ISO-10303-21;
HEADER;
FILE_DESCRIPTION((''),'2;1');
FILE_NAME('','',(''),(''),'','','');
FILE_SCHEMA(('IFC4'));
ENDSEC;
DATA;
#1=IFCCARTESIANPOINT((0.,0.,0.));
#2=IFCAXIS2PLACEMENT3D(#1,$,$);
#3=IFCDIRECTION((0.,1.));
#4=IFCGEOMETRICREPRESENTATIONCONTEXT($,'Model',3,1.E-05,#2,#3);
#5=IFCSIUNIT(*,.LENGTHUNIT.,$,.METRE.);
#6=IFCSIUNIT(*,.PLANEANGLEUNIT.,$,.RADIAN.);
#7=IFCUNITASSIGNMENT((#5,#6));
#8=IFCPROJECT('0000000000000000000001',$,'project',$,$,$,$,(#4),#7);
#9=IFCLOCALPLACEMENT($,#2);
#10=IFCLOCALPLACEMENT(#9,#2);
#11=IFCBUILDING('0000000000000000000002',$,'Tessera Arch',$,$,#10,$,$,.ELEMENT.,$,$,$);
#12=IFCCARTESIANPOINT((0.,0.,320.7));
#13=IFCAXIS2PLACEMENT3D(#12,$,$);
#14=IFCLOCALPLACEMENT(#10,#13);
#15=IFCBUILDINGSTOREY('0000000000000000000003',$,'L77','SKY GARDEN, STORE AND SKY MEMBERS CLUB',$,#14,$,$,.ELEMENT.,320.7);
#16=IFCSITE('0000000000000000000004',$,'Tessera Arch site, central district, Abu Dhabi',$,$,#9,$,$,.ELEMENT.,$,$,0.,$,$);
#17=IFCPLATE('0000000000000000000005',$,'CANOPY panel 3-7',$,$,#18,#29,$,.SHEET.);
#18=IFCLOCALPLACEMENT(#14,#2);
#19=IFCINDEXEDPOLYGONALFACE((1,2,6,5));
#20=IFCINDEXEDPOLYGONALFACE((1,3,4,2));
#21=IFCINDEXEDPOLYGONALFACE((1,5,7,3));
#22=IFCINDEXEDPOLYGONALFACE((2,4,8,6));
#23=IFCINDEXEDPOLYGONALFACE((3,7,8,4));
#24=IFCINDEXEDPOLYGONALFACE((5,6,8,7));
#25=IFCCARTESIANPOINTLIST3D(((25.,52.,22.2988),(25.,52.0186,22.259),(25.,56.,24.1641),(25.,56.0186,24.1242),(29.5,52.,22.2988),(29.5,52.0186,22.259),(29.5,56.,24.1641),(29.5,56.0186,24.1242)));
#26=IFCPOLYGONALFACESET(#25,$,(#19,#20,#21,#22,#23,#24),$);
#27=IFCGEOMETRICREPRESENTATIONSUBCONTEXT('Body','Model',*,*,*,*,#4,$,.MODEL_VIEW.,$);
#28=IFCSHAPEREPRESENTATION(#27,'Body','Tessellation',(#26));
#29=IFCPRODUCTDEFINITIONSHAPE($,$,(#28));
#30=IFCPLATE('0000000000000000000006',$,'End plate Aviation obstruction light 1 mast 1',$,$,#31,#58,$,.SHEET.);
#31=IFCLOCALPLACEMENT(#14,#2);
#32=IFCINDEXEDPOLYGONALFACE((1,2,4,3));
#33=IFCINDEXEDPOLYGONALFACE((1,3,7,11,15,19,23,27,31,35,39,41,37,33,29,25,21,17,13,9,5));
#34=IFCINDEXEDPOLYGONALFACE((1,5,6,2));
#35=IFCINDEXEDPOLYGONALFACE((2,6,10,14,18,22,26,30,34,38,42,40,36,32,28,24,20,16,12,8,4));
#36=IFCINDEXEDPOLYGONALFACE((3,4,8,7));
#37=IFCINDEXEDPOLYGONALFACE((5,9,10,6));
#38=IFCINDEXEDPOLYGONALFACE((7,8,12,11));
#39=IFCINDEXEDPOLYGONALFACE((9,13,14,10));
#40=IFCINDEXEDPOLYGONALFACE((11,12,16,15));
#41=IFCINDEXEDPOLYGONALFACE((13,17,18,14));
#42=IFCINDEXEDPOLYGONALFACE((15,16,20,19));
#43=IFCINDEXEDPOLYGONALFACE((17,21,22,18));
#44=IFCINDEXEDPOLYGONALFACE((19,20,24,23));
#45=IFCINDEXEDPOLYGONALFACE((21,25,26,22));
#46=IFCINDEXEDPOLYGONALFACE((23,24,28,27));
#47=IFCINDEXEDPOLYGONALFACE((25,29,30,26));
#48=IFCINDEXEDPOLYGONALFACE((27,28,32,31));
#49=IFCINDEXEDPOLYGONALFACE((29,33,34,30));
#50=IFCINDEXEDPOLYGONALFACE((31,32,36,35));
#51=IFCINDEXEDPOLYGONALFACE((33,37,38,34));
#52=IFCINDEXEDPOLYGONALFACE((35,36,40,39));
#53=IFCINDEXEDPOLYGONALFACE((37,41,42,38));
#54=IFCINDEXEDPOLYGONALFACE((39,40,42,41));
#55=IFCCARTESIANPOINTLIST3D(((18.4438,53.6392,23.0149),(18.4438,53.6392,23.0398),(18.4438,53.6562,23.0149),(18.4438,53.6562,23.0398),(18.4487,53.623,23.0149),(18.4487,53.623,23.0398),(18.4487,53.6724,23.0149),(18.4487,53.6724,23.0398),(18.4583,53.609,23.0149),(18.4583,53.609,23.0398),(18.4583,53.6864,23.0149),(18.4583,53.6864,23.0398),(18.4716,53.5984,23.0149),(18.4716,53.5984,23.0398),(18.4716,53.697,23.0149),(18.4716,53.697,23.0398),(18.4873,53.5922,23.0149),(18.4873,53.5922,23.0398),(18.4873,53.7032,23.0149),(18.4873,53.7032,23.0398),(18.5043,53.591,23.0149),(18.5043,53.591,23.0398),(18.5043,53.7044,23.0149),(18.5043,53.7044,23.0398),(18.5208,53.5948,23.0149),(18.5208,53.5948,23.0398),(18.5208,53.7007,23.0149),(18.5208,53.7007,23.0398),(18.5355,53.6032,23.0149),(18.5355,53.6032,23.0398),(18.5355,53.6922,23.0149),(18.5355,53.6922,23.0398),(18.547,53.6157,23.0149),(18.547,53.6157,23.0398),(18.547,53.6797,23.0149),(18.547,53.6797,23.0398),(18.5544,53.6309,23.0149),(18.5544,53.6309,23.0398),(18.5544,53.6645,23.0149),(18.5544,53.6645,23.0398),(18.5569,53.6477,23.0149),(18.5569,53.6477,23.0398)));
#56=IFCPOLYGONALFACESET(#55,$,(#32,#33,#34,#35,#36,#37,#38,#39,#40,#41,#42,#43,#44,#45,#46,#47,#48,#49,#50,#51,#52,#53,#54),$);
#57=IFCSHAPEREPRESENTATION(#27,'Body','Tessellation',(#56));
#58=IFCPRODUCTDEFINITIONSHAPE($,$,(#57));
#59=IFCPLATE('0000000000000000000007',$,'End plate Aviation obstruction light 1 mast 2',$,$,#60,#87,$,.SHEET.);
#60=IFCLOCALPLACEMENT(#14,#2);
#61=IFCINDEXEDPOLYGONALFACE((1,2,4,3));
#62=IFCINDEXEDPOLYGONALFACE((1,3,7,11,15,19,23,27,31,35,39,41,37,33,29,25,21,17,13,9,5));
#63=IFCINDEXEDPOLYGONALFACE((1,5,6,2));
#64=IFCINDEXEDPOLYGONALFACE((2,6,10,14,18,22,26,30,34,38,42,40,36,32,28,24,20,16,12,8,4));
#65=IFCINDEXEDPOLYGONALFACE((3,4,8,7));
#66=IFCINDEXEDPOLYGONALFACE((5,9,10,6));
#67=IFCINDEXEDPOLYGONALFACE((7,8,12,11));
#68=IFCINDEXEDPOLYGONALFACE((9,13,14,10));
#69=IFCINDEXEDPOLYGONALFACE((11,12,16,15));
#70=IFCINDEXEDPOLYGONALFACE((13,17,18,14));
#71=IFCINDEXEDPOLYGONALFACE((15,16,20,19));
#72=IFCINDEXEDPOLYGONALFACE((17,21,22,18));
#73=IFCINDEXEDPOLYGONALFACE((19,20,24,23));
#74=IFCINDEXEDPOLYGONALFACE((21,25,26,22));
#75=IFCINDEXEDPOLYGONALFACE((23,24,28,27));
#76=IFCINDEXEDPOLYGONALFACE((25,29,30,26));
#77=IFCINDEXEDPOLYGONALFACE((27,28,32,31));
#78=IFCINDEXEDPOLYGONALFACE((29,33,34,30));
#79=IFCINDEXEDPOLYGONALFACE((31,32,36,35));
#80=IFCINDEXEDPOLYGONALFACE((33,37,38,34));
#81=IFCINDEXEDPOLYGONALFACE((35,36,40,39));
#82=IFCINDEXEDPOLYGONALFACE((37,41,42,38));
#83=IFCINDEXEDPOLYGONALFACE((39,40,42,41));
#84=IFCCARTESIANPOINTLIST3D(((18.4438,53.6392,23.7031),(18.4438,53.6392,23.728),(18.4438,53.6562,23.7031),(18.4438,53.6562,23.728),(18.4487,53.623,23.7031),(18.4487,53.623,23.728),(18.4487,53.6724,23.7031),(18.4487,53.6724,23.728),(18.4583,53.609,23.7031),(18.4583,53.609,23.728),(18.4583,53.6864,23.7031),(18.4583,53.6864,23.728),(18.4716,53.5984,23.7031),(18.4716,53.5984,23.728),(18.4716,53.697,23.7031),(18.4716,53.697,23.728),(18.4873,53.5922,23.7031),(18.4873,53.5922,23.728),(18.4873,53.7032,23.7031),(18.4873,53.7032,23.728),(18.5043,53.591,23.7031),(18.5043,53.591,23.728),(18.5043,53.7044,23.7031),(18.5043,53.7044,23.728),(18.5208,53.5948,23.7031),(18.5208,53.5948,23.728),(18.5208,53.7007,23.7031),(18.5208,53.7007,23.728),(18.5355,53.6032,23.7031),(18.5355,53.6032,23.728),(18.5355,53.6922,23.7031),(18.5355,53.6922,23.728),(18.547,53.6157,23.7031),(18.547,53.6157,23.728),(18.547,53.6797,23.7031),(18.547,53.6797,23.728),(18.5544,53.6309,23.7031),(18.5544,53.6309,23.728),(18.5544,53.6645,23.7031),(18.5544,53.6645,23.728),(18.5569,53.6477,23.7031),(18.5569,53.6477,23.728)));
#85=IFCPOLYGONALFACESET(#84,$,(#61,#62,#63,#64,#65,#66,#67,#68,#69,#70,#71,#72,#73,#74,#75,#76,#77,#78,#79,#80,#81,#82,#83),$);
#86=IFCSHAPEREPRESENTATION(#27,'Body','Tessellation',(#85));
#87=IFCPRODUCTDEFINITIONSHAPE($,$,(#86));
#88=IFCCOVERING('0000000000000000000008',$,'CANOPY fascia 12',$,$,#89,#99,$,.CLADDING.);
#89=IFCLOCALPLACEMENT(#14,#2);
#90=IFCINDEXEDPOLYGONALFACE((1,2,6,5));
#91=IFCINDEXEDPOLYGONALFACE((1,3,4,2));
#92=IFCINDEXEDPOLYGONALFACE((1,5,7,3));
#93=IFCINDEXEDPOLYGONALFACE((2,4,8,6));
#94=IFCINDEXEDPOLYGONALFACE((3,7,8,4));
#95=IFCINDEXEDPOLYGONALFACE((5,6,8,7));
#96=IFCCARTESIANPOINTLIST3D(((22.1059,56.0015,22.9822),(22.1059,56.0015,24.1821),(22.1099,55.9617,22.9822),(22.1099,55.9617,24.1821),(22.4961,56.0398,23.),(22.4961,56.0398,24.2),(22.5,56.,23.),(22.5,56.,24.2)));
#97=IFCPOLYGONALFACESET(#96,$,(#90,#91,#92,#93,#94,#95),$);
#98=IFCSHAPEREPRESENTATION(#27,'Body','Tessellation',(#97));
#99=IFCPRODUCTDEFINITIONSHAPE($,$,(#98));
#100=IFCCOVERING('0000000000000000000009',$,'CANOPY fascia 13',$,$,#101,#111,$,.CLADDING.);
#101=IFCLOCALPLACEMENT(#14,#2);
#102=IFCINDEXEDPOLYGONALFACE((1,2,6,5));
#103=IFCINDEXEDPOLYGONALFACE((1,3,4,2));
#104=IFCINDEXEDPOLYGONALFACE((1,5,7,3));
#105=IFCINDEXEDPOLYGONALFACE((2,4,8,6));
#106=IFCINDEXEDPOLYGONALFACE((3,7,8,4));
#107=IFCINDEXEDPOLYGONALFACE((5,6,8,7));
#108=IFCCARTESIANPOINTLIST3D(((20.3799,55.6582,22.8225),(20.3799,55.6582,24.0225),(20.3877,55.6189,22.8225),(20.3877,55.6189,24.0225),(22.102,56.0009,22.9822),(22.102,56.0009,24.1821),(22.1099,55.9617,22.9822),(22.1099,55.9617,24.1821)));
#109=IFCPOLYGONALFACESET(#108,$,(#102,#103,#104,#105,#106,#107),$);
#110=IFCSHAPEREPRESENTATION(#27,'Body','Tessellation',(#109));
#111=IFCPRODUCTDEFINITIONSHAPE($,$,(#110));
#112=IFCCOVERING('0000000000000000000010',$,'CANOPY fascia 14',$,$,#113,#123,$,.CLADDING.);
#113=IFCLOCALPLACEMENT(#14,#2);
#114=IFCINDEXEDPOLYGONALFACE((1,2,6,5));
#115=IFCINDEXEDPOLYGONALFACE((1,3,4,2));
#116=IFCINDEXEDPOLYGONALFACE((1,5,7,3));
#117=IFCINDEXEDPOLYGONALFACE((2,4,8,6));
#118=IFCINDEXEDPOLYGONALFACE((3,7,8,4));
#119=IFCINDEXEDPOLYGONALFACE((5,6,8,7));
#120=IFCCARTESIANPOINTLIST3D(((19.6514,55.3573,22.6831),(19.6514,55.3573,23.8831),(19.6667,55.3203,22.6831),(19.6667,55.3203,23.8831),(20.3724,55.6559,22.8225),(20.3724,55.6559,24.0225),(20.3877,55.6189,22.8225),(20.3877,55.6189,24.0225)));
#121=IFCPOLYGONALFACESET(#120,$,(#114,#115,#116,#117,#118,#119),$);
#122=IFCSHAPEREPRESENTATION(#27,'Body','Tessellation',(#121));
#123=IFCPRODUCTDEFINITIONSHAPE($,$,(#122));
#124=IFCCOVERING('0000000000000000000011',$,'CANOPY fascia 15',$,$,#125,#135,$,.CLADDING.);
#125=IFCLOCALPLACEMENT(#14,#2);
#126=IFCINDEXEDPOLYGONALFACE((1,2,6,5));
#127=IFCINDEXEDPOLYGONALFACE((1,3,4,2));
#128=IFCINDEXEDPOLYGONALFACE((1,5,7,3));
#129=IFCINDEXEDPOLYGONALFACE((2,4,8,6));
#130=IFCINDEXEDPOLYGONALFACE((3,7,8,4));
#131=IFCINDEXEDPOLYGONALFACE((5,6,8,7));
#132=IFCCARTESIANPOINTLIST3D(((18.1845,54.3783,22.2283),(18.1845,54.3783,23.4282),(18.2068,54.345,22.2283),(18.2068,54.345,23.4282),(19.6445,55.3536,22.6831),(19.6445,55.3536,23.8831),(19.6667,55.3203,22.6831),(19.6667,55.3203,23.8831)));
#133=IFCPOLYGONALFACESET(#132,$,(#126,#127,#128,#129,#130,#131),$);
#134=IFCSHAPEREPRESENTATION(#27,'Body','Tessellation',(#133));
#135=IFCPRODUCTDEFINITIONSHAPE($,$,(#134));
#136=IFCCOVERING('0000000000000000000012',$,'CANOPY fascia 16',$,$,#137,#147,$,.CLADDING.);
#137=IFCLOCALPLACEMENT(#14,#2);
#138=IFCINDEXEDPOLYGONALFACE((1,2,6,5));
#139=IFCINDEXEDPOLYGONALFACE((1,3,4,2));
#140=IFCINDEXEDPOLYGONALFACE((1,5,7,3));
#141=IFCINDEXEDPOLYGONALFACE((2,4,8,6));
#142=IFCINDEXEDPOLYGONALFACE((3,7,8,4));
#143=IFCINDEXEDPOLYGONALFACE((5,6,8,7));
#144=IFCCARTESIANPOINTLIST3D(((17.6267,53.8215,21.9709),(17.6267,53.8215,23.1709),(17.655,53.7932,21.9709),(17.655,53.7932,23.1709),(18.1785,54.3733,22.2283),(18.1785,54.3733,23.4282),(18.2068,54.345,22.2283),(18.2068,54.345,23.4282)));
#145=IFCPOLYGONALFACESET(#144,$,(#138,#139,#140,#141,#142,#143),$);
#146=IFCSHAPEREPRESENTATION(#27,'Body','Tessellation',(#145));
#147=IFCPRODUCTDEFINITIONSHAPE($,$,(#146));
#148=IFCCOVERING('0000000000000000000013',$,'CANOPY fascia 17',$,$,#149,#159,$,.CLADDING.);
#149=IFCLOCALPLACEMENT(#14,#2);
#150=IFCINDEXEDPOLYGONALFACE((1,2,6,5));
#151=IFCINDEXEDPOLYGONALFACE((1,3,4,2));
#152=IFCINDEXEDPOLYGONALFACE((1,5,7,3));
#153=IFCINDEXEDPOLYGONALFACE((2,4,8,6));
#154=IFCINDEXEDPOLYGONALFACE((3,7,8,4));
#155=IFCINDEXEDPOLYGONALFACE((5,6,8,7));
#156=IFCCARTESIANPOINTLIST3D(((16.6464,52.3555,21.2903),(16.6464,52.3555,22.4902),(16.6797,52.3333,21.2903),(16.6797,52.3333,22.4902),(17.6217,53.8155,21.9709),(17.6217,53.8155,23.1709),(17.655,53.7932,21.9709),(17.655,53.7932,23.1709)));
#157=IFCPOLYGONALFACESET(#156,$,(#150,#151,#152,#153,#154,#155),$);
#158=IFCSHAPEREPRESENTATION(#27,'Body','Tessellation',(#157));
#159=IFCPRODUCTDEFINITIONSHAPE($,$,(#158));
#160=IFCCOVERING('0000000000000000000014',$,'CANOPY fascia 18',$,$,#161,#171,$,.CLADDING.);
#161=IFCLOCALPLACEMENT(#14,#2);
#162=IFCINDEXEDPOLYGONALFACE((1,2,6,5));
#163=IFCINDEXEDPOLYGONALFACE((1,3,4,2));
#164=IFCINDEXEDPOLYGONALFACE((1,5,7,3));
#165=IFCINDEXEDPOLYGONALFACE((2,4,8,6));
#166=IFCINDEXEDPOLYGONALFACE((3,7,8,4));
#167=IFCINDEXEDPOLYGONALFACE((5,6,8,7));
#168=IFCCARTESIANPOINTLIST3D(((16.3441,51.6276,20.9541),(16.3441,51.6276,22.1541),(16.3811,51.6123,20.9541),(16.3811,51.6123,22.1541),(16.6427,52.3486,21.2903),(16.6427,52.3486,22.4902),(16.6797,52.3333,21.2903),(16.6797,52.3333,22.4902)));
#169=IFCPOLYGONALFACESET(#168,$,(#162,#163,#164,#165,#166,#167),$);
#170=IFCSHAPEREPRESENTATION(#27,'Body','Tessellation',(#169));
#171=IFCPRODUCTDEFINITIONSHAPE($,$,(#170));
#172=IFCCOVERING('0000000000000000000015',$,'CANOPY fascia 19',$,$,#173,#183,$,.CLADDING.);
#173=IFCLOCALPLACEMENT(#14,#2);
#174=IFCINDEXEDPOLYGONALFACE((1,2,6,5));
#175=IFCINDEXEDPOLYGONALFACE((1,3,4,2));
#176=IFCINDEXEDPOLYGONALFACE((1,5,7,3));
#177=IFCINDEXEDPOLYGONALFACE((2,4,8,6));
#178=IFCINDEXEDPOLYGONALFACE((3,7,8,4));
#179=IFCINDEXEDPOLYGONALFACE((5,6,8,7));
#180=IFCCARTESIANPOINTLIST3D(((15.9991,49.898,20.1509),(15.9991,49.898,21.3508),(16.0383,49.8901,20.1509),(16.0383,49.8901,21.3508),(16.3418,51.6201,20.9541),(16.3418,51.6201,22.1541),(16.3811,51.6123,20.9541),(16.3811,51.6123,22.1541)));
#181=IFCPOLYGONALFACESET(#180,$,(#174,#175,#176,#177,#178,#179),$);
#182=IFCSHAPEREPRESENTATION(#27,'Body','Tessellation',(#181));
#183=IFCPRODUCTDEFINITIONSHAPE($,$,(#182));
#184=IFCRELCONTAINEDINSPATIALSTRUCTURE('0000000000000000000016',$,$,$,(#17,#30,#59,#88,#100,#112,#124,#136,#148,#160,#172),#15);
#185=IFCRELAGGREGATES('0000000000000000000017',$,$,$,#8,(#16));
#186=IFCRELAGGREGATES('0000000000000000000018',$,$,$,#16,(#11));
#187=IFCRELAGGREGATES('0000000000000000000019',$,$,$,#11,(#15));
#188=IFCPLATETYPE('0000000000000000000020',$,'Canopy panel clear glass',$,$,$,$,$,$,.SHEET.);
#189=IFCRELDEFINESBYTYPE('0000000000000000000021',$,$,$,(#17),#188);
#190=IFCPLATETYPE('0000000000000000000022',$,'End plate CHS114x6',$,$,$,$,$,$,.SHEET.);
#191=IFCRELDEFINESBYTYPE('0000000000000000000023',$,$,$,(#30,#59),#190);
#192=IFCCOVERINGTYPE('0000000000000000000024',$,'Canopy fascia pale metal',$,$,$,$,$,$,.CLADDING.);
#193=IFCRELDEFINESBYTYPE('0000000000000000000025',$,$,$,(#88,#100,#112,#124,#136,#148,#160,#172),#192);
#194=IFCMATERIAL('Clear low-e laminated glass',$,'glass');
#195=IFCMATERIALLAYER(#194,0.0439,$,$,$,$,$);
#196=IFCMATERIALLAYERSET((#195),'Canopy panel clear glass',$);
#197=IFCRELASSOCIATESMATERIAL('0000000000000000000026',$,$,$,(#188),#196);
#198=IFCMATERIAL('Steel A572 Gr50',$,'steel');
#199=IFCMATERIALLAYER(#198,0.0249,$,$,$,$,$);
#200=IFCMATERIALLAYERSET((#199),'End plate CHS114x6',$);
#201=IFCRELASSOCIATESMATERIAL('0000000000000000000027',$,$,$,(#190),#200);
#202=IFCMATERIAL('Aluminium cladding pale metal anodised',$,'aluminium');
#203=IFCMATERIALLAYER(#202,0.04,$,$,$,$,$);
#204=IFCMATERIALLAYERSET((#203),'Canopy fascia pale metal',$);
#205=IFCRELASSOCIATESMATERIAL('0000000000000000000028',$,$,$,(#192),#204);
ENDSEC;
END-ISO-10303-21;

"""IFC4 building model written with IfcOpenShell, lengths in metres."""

from ifc_helpers import new_model, si_unit, direction, frame, origin, origin_2d, place, context, subcontext, project, spatial, polyline, circle, outline, extrude, material, layer, layer_set, type_object, element, save


model = new_model("IFC4")

# Units and contexts
model_context = context("Model", 3, precision=1e-05, world=origin(), true_north=direction((0.0, 1.0)))
body_context = subcontext(model_context, "Body", "Model", "MODEL_VIEW")
ifc_project = project(units=[si_unit("LENGTHUNIT", "METRE"), si_unit("PLANEANGLEUNIT", "RADIAN")], contexts=[model_context])

# Site, building, storey
site_placement = place(None, origin())
site = spatial("IfcSite", under=ifc_project, at=site_placement, Name="Tessera Arch site, central district, Abu Dhabi", CompositionType="ELEMENT", RefElevation=0.0)
building_placement = place(site_placement, origin())
building = spatial("IfcBuilding", under=site, at=building_placement, Name="Tessera Arch", CompositionType="ELEMENT")
storey_placement = place(building_placement, frame((0.0, 0.0, 320.7)))
storey = spatial("IfcBuildingStorey", under=building, at=storey_placement, Name="L77", Description="SKY GARDEN, STORE AND SKY MEMBERS CLUB", CompositionType="ELEMENT", Elevation=320.7)

# Plates
ifc_material_1 = material(Name="Clear low-e laminated glass", Category="glass")
ifc_layer_1 = layer(ifc_material_1, 0.0439)
ifc_layer_set_1 = layer_set([ifc_layer_1], Name="Canopy panel clear glass")
plate_type_1 = type_object("IfcPlateType", Name="Canopy panel clear glass", PredefinedType="SHEET", material=ifc_layer_set_1)
plate_placement = place(storey_placement, frame((25.0, 56.0, 24.1641), z_axis=(0.0, -0.422619, 0.906307), x_axis=(0.0, -0.906307, -0.422619)))
element("IfcPlate", 1, at=plate_placement, inside=storey, type_object=plate_type_1, Name="CANOPY panel 3-7", PredefinedType="SHEET", context=body_context, shape_type="SweptSolid", body=[
    extrude(outline(polyline([(0.0, 0.0), (4.4135, 0.0), (4.4135, 4.5), (0.0, 4.5), (0.0, 0.0)])), origin(), (0.0, 0.0, -1.0), 0.0439),
])
ifc_material_2 = material(Name="Steel A572 Gr50", Category="steel")
ifc_layer_2 = layer(ifc_material_2, 0.0249)
ifc_layer_set_2 = layer_set([ifc_layer_2], Name="End plate CHS114x6")
plate_type_2 = type_object("IfcPlateType", Name="End plate CHS114x6", PredefinedType="SHEET", material=ifc_layer_set_2)
for number, where, z_axis, x_axis, name in (
    (2, (18.5, 53.6477, 23.0149), (0.0, 0.0, 1.0), (1.0, 0.0, 0.0), "End plate Aviation obstruction light 1 mast 1"),
    (3, (18.5, 53.6477, 23.7031), (0.0, 0.0, 1.0), (1.0, 0.0, 0.0), "End plate Aviation obstruction light 1 mast 2"),
):
    element("IfcPlate", number, at=place(storey_placement, frame(where, z_axis=z_axis, x_axis=x_axis)), inside=storey, type_object=plate_type_2, Name=name, PredefinedType="SHEET", context=body_context, shape_type="SweptSolid", body=[
        extrude(circle(Radius=0.0569, at=origin_2d()), origin(), (0.0, 0.0, 1.0), 0.0249),
    ])

# Coverings
ifc_material_3 = material(Name="Aluminium cladding pale metal anodised", Category="aluminium")
ifc_layer_3 = layer(ifc_material_3, 0.04)
ifc_layer_set_3 = layer_set([ifc_layer_3], Name="Canopy fascia pale metal")
covering_type_1 = type_object("IfcCoveringType", Name="Canopy fascia pale metal", PredefinedType="CLADDING", material=ifc_layer_set_3)
covering_1_placement = place(storey_placement, frame((22.5, 56.0, 24.2), z_axis=(0.097777, -0.995208, 0.0), x_axis=(-0.994181, -0.097676, -0.045416)))
element("IfcCovering", 4, at=covering_1_placement, inside=storey, type_object=covering_type_1, Name="CANOPY fascia 12", PredefinedType="CLADDING", context=body_context, shape_type="SweptSolid", body=[
    extrude(outline(polyline([(0.0, 0.0), (0.3924, 0.0), (0.4469, 1.1987), (0.0545, 1.1987), (0.0, 0.0)])), origin(), (0.0, 0.0, -1.0), 0.04),
])
covering_2_placement = place(storey_placement, frame((22.1099, 55.9617, 24.1821), z_axis=(0.195207, -0.980762, 0.0), x_axis=(-0.976732, -0.194405, -0.090556)))
element("IfcCovering", 5, at=covering_2_placement, inside=storey, type_object=covering_type_1, Name="CANOPY fascia 13", PredefinedType="CLADDING", context=body_context, shape_type="SweptSolid", body=[
    extrude(outline(polyline([(0.0, 0.0), (1.7632, 0.0), (1.8719, 1.195), (0.1087, 1.195), (0.0, 0.0)])), origin(), (0.0, 0.0, -1.0), 0.04),
])
covering_3_placement = place(storey_placement, frame((20.3877, 55.6189, 24.0225), z_axis=(0.382637, -0.923899, 0.0), x_axis=(-0.909499, -0.376674, -0.175863)))
element("IfcCovering", 6, at=covering_3_placement, inside=storey, type_object=covering_type_1, Name="CANOPY fascia 14", PredefinedType="CLADDING", context=body_context, shape_type="SweptSolid", body=[
    extrude(outline(polyline([(0.0, 0.0), (0.7927, 0.0), (1.0037, 1.1812), (0.211, 1.1812), (0.0, 0.0)])), origin(), (0.0, 0.0, -1.0), 0.04),
])
covering_4_placement = place(storey_placement, frame((19.6667, 55.3203, 23.8831), z_axis=(0.555502, -0.831515, 0.0), x_axis=(-0.804945, -0.537752, -0.250771)))
element("IfcCovering", 7, at=covering_4_placement, inside=storey, type_object=covering_type_1, Name="CANOPY fascia 15", PredefinedType="CLADDING", context=body_context, shape_type="SweptSolid", body=[
    extrude(outline(polyline([(0.0, 0.0), (1.8137, 0.0), (2.1147, 1.1616), (0.3009, 1.1616), (0.0, 0.0)])), origin(), (0.0, 0.0, -1.0), 0.04),
])
covering_5_placement = place(storey_placement, frame((18.2068, 54.345, 23.4282), z_axis=(0.707107, -0.707107, 0.0), x_axis=(-0.671534, -0.671534, -0.313184)))
element("IfcCovering", 8, at=covering_5_placement, inside=storey, type_object=covering_type_1, Name="CANOPY fascia 16", PredefinedType="CLADDING", context=body_context, shape_type="SweptSolid", body=[
    extrude(outline(polyline([(0.0, 0.0), (0.8216, 0.0), (1.1974, 1.1396), (0.3758, 1.1396), (0.0, 0.0)])), origin(), (0.0, 0.0, -1.0), 0.04),
])
covering_6_placement = place(storey_placement, frame((17.655, 53.7932, 23.1709), z_axis=(0.831515, -0.555502, 0.0), x_axis=(-0.517944, -0.775295, -0.361459)))
element("IfcCovering", 9, at=covering_6_placement, inside=storey, type_object=covering_type_1, Name="CANOPY fascia 17", PredefinedType="CLADDING", context=body_context, shape_type="SweptSolid", body=[
    extrude(outline(polyline([(0.0, 0.0), (1.8831, 0.0), (2.3168, 1.1188), (0.4337, 1.1188), (0.0, 0.0)])), origin(), (0.0, 0.0, -1.0), 0.04),
])
covering_7_placement = place(storey_placement, frame((16.6797, 52.3333, 22.4902), z_axis=(0.923899, -0.382637, 0.0), x_axis=(-0.351413, -0.848505, -0.395662)))
element("IfcCovering", 10, at=covering_7_placement, inside=storey, type_object=covering_type_1, Name="CANOPY fascia 18", PredefinedType="CLADDING", context=body_context, shape_type="SweptSolid", body=[
    extrude(outline(polyline([(0.0, 0.0), (0.8497, 0.0), (1.3244, 1.102), (0.4748, 1.102), (0.0, 0.0)])), origin(), (0.0, 0.0, -1.0), 0.04),
])
covering_8_placement = place(storey_placement, frame((16.3811, 51.6123, 22.1541), z_axis=(0.980762, -0.195207, 0.0), x_axis=(-0.177517, -0.891881, -0.415975)))
element("IfcCovering", 11, at=covering_8_placement, inside=storey, type_object=covering_type_1, Name="CANOPY fascia 19", PredefinedType="CLADDING", context=body_context, shape_type="SweptSolid", body=[
    extrude(outline(polyline([(0.0, 0.0), (1.9309, 0.0), (2.4301, 1.0912), (0.4992, 1.0912), (0.0, 0.0)])), origin(), (0.0, 0.0, -1.0), 0.04),
])

save(model, "model.ifc")
